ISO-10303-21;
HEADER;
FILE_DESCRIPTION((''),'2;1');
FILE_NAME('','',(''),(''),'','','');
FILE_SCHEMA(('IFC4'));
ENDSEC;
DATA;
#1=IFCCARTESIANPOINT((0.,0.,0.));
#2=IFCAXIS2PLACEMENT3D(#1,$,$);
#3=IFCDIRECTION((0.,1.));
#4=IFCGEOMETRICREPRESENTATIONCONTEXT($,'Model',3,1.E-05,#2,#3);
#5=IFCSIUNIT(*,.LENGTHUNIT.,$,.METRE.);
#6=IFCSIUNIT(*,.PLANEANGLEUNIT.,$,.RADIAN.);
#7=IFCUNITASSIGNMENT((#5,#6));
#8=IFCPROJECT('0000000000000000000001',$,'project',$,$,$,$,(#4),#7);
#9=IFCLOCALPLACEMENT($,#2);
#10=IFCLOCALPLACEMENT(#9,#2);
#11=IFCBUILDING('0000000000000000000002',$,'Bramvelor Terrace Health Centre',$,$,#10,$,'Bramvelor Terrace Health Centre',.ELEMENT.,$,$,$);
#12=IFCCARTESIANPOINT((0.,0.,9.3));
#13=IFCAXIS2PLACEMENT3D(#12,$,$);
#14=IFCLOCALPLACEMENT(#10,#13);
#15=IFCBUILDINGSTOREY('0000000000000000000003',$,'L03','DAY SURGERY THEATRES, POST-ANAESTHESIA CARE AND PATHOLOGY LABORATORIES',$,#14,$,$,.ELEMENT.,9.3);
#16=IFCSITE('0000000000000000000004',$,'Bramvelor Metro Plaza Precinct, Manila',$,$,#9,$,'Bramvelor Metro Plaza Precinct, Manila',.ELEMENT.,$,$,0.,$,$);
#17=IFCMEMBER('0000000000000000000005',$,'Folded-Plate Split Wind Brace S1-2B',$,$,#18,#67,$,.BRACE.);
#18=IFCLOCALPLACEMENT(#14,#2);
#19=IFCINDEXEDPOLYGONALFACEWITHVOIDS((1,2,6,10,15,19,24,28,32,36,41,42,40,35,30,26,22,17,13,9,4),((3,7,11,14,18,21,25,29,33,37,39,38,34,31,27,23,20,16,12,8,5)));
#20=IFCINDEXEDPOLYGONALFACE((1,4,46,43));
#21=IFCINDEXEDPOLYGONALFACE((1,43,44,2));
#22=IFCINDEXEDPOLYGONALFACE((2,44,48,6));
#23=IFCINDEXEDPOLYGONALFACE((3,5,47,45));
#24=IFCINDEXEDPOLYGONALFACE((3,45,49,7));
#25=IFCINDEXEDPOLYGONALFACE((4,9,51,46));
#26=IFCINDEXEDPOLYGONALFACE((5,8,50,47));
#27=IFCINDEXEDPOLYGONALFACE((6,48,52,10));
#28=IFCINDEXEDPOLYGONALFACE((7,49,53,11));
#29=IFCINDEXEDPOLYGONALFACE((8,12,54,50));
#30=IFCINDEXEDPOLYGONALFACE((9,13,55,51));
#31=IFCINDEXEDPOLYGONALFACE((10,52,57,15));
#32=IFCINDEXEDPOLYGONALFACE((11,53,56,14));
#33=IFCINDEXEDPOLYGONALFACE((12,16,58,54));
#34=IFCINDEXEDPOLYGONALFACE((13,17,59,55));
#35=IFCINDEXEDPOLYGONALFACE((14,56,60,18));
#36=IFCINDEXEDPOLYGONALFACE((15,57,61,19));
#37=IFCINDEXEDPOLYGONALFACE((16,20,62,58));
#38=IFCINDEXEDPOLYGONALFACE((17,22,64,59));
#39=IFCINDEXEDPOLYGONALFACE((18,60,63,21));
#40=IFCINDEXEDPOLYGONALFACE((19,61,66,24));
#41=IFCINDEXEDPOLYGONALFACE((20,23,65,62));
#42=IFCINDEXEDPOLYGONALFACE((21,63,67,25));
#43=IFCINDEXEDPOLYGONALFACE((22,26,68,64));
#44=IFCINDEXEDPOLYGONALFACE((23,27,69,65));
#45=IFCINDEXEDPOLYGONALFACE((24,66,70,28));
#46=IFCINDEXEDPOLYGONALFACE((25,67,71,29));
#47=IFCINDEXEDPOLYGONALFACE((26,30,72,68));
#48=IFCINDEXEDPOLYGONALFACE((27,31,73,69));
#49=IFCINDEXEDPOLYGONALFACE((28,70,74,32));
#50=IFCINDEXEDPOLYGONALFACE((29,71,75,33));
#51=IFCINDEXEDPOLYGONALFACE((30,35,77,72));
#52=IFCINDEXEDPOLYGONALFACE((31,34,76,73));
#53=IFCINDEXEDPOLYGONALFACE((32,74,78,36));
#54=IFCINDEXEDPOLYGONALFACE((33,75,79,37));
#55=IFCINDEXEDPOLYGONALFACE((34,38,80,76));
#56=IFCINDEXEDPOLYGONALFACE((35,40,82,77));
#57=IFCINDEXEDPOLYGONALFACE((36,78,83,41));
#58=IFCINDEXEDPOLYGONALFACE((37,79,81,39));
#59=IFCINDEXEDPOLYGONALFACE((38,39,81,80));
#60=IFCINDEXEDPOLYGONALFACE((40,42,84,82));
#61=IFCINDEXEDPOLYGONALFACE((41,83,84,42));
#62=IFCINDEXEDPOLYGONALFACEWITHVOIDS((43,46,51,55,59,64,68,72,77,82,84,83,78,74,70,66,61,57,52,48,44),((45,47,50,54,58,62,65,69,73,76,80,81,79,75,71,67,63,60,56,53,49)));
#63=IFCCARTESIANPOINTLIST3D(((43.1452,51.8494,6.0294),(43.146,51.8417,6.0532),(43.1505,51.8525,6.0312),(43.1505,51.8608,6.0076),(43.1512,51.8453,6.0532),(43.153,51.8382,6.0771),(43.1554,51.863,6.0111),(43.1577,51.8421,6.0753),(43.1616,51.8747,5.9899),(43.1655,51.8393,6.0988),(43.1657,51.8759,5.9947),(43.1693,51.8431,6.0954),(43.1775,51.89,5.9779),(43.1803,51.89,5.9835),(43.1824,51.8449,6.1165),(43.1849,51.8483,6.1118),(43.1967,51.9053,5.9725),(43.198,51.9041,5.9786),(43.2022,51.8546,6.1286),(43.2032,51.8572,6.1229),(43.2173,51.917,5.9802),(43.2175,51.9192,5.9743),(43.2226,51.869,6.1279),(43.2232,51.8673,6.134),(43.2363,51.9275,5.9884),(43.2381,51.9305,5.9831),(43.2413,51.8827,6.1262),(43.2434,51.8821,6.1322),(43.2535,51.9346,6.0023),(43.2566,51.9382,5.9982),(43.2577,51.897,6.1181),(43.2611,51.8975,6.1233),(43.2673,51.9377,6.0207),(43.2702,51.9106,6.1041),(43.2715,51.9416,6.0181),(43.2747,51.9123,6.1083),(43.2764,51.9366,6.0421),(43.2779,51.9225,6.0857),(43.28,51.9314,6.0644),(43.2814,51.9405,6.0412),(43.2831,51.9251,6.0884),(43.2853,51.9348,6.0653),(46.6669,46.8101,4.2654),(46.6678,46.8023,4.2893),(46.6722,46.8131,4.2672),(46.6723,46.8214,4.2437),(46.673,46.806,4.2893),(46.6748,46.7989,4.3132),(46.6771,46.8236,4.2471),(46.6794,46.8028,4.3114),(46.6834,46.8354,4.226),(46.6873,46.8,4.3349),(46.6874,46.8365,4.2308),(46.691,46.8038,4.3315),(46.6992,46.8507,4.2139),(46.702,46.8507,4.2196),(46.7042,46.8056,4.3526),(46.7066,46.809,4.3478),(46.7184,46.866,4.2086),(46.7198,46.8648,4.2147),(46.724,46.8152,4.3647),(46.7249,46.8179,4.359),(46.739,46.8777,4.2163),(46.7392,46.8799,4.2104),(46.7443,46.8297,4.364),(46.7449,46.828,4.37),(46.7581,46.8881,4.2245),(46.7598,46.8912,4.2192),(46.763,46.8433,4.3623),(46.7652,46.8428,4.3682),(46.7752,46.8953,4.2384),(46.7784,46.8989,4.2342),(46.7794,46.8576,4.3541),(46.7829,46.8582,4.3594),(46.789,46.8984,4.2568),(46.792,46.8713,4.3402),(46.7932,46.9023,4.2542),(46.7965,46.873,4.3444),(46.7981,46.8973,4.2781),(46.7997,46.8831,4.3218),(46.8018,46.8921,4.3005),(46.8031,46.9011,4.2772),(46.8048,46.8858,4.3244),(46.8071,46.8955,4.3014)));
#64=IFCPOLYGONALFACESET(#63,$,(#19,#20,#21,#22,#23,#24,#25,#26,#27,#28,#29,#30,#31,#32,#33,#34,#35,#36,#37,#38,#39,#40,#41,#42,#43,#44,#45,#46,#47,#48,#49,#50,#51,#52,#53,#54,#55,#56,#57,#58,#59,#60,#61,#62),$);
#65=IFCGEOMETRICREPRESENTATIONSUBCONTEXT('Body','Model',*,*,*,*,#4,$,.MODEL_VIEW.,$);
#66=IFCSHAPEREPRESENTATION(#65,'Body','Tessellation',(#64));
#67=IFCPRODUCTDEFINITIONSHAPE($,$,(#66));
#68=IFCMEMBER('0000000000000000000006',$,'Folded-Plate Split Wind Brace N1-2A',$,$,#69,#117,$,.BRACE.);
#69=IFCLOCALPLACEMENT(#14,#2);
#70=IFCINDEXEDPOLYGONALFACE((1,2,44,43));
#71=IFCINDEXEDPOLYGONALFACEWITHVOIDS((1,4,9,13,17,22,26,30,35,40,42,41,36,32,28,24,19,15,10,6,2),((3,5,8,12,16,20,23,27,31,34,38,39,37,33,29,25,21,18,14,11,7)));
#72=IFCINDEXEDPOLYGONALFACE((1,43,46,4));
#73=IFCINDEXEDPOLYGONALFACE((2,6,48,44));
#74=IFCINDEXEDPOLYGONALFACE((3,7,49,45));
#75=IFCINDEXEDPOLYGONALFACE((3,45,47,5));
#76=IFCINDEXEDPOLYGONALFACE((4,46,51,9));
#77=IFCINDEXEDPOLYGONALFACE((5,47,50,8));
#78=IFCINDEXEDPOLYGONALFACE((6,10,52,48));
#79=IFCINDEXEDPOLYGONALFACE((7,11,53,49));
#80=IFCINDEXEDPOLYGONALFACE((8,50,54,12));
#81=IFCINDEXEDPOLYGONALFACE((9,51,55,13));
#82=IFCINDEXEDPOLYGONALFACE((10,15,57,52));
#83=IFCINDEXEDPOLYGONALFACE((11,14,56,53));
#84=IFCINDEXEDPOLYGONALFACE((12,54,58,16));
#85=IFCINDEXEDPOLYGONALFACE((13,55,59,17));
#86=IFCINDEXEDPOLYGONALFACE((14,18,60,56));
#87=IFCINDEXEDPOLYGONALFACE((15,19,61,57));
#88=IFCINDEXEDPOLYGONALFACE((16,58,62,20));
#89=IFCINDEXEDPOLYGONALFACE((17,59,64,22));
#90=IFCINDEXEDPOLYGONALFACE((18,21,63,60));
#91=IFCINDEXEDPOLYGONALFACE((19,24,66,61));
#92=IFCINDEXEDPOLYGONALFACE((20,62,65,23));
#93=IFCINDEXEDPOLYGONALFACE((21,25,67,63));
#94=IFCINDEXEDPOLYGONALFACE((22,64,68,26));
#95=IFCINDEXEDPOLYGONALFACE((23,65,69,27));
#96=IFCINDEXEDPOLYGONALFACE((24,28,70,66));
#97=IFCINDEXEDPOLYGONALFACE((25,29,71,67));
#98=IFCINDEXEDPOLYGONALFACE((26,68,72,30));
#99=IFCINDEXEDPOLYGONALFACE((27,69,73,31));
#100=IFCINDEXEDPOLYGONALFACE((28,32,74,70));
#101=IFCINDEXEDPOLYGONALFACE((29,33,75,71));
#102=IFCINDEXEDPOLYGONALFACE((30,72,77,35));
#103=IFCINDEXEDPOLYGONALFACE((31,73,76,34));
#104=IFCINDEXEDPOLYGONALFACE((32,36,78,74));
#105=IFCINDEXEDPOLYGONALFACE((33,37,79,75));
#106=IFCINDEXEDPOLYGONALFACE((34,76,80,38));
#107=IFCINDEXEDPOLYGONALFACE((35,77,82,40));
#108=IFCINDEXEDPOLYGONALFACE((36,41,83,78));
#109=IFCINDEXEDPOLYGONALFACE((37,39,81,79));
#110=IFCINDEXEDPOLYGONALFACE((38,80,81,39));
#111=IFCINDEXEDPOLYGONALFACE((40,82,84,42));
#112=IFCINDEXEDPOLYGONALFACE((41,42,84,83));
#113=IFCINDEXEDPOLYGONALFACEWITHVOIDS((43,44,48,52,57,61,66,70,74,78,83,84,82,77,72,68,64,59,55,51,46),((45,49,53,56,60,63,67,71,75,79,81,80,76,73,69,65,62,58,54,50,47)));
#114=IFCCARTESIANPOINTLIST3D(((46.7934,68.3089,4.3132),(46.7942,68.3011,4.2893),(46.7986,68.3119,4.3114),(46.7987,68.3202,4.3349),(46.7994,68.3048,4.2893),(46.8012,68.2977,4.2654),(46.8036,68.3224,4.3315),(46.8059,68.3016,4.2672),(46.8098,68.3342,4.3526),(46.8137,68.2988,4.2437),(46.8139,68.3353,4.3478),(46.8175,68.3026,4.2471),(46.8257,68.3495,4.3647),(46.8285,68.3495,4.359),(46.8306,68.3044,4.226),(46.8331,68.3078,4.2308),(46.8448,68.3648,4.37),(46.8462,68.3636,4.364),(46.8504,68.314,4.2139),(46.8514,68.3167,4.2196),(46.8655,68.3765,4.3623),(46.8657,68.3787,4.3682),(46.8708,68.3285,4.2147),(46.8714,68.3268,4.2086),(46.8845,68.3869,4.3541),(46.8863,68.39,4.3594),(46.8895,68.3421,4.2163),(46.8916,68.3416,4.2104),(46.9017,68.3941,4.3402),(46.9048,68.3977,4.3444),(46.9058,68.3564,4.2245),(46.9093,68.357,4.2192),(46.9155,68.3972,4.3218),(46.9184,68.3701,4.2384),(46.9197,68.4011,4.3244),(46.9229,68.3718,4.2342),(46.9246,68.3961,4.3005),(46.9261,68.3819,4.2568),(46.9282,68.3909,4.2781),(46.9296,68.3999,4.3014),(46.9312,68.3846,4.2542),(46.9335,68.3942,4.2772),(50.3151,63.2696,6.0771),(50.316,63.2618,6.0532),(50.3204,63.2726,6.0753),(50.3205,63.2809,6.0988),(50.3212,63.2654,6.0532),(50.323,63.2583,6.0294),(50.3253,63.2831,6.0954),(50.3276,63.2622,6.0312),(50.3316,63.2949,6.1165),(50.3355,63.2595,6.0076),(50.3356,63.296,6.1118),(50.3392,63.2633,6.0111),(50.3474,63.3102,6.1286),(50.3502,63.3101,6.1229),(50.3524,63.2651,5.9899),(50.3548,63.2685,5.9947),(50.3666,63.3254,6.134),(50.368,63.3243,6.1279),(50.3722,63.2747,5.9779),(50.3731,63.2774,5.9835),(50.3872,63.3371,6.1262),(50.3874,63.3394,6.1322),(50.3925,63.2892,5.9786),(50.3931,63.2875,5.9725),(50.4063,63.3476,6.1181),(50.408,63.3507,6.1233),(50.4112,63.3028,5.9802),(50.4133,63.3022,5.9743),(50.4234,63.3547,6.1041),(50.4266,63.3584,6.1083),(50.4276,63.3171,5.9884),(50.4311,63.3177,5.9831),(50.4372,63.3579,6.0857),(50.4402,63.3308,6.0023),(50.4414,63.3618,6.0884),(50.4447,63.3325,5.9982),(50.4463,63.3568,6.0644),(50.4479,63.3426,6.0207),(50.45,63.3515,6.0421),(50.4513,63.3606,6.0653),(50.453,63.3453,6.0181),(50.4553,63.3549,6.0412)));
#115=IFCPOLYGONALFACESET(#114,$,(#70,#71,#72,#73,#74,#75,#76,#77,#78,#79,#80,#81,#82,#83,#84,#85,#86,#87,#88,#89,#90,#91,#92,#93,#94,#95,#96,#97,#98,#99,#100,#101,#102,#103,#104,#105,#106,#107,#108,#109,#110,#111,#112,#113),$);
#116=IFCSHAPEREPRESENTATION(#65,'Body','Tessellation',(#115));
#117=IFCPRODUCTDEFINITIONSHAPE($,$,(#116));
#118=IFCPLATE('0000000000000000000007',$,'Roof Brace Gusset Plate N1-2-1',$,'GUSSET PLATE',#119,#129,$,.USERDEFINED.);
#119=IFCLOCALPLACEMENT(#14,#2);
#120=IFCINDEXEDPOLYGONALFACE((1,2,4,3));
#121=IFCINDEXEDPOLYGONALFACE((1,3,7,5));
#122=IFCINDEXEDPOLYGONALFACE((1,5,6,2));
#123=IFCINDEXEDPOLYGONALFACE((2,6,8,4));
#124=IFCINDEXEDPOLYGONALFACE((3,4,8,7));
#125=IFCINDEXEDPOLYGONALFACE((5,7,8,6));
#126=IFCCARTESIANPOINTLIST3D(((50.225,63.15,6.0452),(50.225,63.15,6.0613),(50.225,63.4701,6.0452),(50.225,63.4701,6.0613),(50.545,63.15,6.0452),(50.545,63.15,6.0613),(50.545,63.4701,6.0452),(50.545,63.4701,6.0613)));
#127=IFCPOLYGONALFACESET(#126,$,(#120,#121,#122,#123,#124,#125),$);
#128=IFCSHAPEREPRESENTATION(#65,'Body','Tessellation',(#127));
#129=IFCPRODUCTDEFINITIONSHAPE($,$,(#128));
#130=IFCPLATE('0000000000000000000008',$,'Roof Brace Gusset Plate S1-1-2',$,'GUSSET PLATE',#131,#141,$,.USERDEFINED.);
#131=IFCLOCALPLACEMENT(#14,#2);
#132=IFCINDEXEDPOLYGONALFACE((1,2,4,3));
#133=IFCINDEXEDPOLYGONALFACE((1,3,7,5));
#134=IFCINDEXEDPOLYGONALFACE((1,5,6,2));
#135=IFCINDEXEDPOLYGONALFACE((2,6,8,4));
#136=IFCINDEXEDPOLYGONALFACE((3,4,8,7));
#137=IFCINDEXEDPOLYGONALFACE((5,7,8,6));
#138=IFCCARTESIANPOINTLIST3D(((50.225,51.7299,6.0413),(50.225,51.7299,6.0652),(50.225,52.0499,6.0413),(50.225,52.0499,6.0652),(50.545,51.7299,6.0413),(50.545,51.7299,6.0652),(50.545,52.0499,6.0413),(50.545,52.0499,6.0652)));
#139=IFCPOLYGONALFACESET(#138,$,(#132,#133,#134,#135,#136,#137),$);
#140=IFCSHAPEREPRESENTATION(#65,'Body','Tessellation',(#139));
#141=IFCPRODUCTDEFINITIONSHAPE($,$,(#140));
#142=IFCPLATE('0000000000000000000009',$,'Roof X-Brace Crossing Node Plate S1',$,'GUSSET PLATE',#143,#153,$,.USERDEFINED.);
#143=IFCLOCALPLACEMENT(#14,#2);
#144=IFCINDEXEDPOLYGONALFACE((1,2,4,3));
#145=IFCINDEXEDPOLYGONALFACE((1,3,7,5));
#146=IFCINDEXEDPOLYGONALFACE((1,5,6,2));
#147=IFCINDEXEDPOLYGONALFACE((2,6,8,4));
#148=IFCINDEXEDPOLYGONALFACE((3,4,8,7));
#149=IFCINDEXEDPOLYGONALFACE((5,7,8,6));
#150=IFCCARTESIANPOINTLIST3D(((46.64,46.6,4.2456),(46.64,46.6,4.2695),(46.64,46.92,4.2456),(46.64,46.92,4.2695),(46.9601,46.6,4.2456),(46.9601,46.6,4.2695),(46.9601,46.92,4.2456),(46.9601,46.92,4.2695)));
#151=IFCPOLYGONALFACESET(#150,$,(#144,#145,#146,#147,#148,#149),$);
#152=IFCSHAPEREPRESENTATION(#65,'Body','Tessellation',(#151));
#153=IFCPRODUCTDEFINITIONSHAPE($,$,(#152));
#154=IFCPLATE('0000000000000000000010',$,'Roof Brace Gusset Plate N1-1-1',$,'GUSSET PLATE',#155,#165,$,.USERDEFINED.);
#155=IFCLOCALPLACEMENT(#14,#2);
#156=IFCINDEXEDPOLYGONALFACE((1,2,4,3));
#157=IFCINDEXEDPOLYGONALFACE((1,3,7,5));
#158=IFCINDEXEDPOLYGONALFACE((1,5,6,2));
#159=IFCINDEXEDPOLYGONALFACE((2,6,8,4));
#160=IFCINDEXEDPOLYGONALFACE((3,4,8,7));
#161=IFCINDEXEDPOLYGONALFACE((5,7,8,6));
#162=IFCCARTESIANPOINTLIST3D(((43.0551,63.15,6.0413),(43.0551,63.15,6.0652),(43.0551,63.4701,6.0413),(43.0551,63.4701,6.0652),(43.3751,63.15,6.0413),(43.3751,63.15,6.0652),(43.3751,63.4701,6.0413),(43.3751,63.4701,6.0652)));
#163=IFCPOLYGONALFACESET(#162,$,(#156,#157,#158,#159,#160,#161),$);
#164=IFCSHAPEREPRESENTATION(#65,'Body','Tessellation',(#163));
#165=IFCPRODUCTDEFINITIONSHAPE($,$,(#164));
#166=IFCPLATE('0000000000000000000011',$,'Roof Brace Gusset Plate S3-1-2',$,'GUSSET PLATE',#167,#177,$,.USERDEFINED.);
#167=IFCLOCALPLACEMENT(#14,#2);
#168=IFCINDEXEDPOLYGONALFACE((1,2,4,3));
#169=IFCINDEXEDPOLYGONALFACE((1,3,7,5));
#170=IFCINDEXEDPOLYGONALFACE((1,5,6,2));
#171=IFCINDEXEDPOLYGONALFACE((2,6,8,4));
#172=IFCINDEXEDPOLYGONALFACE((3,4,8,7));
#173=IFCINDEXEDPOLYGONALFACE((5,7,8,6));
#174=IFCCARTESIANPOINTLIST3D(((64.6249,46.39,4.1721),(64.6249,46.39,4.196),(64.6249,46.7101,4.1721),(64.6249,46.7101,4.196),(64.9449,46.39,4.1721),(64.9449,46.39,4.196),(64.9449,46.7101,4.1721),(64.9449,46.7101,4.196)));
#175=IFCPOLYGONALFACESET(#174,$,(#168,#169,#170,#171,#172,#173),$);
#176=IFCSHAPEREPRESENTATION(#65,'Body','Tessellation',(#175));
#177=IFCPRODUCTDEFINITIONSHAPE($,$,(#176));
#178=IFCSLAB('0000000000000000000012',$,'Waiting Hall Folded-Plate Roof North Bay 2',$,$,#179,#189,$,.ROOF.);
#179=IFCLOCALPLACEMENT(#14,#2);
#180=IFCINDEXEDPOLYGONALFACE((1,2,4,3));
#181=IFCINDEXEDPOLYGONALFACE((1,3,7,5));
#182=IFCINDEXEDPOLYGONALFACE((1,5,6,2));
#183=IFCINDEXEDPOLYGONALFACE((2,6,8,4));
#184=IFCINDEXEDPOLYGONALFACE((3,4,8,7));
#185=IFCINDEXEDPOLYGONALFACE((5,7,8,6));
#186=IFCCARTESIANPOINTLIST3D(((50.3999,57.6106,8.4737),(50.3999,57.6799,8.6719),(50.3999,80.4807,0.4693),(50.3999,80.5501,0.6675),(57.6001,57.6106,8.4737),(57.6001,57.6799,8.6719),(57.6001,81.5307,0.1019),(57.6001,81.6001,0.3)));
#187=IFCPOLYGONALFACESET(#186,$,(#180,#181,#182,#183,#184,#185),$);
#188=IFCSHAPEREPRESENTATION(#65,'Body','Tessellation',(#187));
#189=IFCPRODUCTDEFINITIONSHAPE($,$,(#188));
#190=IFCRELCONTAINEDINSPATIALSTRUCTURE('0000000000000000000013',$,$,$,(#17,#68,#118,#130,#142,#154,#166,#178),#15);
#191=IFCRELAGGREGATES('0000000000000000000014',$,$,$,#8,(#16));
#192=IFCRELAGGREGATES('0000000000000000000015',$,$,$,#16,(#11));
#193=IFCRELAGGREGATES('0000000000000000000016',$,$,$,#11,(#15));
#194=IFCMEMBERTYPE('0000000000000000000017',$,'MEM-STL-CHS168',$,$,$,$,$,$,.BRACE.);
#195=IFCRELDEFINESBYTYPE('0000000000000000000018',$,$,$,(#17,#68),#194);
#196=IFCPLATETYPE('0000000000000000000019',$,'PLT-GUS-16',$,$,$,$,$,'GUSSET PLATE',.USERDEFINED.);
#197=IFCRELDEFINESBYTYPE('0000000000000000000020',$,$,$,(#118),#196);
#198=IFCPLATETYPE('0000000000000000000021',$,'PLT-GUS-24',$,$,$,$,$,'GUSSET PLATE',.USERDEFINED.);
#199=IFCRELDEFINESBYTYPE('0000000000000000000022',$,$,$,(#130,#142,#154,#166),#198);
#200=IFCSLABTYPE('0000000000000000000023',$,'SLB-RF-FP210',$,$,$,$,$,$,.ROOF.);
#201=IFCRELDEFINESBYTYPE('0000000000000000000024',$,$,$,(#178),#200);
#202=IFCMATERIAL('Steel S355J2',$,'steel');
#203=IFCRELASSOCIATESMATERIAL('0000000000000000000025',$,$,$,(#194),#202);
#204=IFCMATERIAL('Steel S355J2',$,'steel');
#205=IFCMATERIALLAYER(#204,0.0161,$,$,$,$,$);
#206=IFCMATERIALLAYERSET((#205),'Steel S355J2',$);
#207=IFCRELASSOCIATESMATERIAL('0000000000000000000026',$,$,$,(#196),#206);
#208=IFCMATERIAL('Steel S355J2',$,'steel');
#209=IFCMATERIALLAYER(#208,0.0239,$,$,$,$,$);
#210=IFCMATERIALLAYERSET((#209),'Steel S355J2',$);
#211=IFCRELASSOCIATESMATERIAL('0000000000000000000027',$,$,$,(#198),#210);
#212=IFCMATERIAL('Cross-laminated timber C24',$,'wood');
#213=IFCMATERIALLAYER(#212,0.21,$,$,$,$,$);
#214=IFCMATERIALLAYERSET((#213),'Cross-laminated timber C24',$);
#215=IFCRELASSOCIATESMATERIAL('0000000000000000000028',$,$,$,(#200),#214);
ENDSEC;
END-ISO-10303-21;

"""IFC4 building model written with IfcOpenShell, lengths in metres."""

from ifc_helpers import new_model, si_unit, direction, frame, origin, origin_2d, place, context, subcontext, project, spatial, polyline, rectangle, hollow_circle, outline, extrude, material, layer, layer_set, material_profile, profile_set, type_object, element, save


model = new_model("IFC4")

# Units and contexts
model_context = context("Model", 3, precision=1e-05, world=origin(), true_north=direction((0.0, 1.0)))
body_context = subcontext(model_context, "Body", "Model", "MODEL_VIEW")
ifc_project = project(units=[si_unit("LENGTHUNIT", "METRE"), si_unit("PLANEANGLEUNIT", "RADIAN")], contexts=[model_context])

# Site, building, storey
site_placement = place(None, origin())
site = spatial("IfcSite", under=ifc_project, at=site_placement, Name="Bramvelor Metro Plaza Precinct, Manila", LongName="Bramvelor Metro Plaza Precinct, Manila", CompositionType="ELEMENT", RefElevation=0.0)
building_placement = place(site_placement, origin())
building = spatial("IfcBuilding", under=site, at=building_placement, Name="Bramvelor Terrace Health Centre", LongName="Bramvelor Terrace Health Centre", CompositionType="ELEMENT")
storey_placement = place(building_placement, frame((0.0, 0.0, 9.3)))
storey = spatial("IfcBuildingStorey", under=building, at=storey_placement, Name="L03", Description="DAY SURGERY THEATRES, POST-ANAESTHESIA CARE AND PATHOLOGY LABORATORIES", CompositionType="ELEMENT", Elevation=9.3)

# Members
ifc_material_1 = material(Name="Steel S355J2", Category="steel")
ifc_material_profile_1 = material_profile(ifc_material_1, hollow_circle(Radius=0.0842, WallThickness=0.0063, at=origin_2d()), Name="CHS 168.3x6.3")
ifc_profile_set_1 = profile_set([ifc_material_profile_1], Name="Steel S355J2")
member_type_1 = type_object("IfcMemberType", Name="MEM-STL-CHS168", PredefinedType="BRACE", material=ifc_profile_set_1)
for number, where, z_axis, x_axis, name in (
    (1, (46.7368, 46.8506, 4.2893), (-0.550616, 0.787886, 0.275785), (-0.819674, -0.572831, 0.0), "Folded-Plate Split Wind Brace S1-2B"),
    (2, (50.385, 63.3101, 6.0532), (-0.550616, 0.787886, -0.275785), (-0.819674, -0.572831, 0.0), "Folded-Plate Split Wind Brace N1-2A"),
):
    element("IfcMember", number, at=place(storey_placement, frame(where, z_axis=z_axis, x_axis=x_axis)), inside=storey, type_object=member_type_1, Name=name, PredefinedType="BRACE", context=body_context, shape_type="SweptSolid", body=[
        extrude(hollow_circle(Radius=0.0842, WallThickness=0.0063, at=origin_2d()), origin(), (0.0, 0.0, 1.0), 6.396),
    ])

# Plates
ifc_material_2 = material(Name="Steel S355J2", Category="steel")
ifc_layer_1 = layer(ifc_material_2, 0.0161)
ifc_layer_set_1 = layer_set([ifc_layer_1], Name="Steel S355J2")
plate_type_1 = type_object("IfcPlateType", Name="PLT-GUS-16", ElementType="GUSSET PLATE", PredefinedType="USERDEFINED", material=ifc_layer_set_1)
plate_placement = place(storey_placement, frame((50.385, 63.3101, 6.0452), z_axis=(0.0, 0.0, 1.0), x_axis=(1.0, 0.0, 0.0)))
element("IfcPlate", 3, at=plate_placement, inside=storey, type_object=plate_type_1, Name="Roof Brace Gusset Plate N1-2-1", ObjectType="GUSSET PLATE", PredefinedType="USERDEFINED", context=body_context, shape_type="SweptSolid", body=[
    extrude(rectangle(XDim=0.3201, YDim=0.3201, at=origin_2d()), origin(), (0.0, 0.0, 1.0), 0.0161),
])
ifc_material_3 = material(Name="Steel S355J2", Category="steel")
ifc_layer_2 = layer(ifc_material_3, 0.0239)
ifc_layer_set_2 = layer_set([ifc_layer_2], Name="Steel S355J2")
plate_type_2 = type_object("IfcPlateType", Name="PLT-GUS-24", ElementType="GUSSET PLATE", PredefinedType="USERDEFINED", material=ifc_layer_set_2)
for number, where, z_axis, x_axis, name in (
    (4, (50.385, 51.8899, 6.0413), (0.0, 0.0, 1.0), (1.0, 0.0, 0.0), "Roof Brace Gusset Plate S1-1-2"),
    (5, (46.8, 46.76, 4.2456), (0.0, 0.0, 1.0), (1.0, 0.0, 0.0), "Roof X-Brace Crossing Node Plate S1"),
    (6, (43.2151, 63.3101, 6.0413), (0.0, 0.0, 1.0), (1.0, 0.0, 0.0), "Roof Brace Gusset Plate N1-1-1"),
    (7, (64.7849, 46.55, 4.1721), (0.0, 0.0, 1.0), (1.0, 0.0, 0.0), "Roof Brace Gusset Plate S3-1-2"),
):
    element("IfcPlate", number, at=place(storey_placement, frame(where, z_axis=z_axis, x_axis=x_axis)), inside=storey, type_object=plate_type_2, Name=name, ObjectType="GUSSET PLATE", PredefinedType="USERDEFINED", context=body_context, shape_type="SweptSolid", body=[
        extrude(rectangle(XDim=0.3201, YDim=0.3201, at=origin_2d()), origin(), (0.0, 0.0, 1.0), 0.0239),
    ])

# Slab
ifc_material_4 = material(Name="Cross-laminated timber C24", Category="wood")
ifc_layer_3 = layer(ifc_material_4, 0.21)
ifc_layer_set_3 = layer_set([ifc_layer_3], Name="Cross-laminated timber C24")
slab_type = type_object("IfcSlabType", Name="SLB-RF-FP210", PredefinedType="ROOF", material=ifc_layer_set_3)
slab_placement = place(storey_placement, frame((50.3999, 57.6799, 8.6719), z_axis=(-0.000005, 0.330344, 0.943861), x_axis=(1.0, 0.000002, 0.000005)))
element("IfcSlab", 8, at=slab_placement, inside=storey, type_object=slab_type, Name="Waiting Hall Folded-Plate Roof North Bay 2", PredefinedType="ROOF", context=body_context, shape_type="SweptSolid", body=[
    extrude(outline(polyline([(0.0, 0.0), (7.2002, 0.0), (7.2002, 25.3429), (0.0, 24.2304), (0.0, 0.0)])), origin(), (0.0, 0.0, -1.0), 0.21),
])

save(model, "model.ifc")
